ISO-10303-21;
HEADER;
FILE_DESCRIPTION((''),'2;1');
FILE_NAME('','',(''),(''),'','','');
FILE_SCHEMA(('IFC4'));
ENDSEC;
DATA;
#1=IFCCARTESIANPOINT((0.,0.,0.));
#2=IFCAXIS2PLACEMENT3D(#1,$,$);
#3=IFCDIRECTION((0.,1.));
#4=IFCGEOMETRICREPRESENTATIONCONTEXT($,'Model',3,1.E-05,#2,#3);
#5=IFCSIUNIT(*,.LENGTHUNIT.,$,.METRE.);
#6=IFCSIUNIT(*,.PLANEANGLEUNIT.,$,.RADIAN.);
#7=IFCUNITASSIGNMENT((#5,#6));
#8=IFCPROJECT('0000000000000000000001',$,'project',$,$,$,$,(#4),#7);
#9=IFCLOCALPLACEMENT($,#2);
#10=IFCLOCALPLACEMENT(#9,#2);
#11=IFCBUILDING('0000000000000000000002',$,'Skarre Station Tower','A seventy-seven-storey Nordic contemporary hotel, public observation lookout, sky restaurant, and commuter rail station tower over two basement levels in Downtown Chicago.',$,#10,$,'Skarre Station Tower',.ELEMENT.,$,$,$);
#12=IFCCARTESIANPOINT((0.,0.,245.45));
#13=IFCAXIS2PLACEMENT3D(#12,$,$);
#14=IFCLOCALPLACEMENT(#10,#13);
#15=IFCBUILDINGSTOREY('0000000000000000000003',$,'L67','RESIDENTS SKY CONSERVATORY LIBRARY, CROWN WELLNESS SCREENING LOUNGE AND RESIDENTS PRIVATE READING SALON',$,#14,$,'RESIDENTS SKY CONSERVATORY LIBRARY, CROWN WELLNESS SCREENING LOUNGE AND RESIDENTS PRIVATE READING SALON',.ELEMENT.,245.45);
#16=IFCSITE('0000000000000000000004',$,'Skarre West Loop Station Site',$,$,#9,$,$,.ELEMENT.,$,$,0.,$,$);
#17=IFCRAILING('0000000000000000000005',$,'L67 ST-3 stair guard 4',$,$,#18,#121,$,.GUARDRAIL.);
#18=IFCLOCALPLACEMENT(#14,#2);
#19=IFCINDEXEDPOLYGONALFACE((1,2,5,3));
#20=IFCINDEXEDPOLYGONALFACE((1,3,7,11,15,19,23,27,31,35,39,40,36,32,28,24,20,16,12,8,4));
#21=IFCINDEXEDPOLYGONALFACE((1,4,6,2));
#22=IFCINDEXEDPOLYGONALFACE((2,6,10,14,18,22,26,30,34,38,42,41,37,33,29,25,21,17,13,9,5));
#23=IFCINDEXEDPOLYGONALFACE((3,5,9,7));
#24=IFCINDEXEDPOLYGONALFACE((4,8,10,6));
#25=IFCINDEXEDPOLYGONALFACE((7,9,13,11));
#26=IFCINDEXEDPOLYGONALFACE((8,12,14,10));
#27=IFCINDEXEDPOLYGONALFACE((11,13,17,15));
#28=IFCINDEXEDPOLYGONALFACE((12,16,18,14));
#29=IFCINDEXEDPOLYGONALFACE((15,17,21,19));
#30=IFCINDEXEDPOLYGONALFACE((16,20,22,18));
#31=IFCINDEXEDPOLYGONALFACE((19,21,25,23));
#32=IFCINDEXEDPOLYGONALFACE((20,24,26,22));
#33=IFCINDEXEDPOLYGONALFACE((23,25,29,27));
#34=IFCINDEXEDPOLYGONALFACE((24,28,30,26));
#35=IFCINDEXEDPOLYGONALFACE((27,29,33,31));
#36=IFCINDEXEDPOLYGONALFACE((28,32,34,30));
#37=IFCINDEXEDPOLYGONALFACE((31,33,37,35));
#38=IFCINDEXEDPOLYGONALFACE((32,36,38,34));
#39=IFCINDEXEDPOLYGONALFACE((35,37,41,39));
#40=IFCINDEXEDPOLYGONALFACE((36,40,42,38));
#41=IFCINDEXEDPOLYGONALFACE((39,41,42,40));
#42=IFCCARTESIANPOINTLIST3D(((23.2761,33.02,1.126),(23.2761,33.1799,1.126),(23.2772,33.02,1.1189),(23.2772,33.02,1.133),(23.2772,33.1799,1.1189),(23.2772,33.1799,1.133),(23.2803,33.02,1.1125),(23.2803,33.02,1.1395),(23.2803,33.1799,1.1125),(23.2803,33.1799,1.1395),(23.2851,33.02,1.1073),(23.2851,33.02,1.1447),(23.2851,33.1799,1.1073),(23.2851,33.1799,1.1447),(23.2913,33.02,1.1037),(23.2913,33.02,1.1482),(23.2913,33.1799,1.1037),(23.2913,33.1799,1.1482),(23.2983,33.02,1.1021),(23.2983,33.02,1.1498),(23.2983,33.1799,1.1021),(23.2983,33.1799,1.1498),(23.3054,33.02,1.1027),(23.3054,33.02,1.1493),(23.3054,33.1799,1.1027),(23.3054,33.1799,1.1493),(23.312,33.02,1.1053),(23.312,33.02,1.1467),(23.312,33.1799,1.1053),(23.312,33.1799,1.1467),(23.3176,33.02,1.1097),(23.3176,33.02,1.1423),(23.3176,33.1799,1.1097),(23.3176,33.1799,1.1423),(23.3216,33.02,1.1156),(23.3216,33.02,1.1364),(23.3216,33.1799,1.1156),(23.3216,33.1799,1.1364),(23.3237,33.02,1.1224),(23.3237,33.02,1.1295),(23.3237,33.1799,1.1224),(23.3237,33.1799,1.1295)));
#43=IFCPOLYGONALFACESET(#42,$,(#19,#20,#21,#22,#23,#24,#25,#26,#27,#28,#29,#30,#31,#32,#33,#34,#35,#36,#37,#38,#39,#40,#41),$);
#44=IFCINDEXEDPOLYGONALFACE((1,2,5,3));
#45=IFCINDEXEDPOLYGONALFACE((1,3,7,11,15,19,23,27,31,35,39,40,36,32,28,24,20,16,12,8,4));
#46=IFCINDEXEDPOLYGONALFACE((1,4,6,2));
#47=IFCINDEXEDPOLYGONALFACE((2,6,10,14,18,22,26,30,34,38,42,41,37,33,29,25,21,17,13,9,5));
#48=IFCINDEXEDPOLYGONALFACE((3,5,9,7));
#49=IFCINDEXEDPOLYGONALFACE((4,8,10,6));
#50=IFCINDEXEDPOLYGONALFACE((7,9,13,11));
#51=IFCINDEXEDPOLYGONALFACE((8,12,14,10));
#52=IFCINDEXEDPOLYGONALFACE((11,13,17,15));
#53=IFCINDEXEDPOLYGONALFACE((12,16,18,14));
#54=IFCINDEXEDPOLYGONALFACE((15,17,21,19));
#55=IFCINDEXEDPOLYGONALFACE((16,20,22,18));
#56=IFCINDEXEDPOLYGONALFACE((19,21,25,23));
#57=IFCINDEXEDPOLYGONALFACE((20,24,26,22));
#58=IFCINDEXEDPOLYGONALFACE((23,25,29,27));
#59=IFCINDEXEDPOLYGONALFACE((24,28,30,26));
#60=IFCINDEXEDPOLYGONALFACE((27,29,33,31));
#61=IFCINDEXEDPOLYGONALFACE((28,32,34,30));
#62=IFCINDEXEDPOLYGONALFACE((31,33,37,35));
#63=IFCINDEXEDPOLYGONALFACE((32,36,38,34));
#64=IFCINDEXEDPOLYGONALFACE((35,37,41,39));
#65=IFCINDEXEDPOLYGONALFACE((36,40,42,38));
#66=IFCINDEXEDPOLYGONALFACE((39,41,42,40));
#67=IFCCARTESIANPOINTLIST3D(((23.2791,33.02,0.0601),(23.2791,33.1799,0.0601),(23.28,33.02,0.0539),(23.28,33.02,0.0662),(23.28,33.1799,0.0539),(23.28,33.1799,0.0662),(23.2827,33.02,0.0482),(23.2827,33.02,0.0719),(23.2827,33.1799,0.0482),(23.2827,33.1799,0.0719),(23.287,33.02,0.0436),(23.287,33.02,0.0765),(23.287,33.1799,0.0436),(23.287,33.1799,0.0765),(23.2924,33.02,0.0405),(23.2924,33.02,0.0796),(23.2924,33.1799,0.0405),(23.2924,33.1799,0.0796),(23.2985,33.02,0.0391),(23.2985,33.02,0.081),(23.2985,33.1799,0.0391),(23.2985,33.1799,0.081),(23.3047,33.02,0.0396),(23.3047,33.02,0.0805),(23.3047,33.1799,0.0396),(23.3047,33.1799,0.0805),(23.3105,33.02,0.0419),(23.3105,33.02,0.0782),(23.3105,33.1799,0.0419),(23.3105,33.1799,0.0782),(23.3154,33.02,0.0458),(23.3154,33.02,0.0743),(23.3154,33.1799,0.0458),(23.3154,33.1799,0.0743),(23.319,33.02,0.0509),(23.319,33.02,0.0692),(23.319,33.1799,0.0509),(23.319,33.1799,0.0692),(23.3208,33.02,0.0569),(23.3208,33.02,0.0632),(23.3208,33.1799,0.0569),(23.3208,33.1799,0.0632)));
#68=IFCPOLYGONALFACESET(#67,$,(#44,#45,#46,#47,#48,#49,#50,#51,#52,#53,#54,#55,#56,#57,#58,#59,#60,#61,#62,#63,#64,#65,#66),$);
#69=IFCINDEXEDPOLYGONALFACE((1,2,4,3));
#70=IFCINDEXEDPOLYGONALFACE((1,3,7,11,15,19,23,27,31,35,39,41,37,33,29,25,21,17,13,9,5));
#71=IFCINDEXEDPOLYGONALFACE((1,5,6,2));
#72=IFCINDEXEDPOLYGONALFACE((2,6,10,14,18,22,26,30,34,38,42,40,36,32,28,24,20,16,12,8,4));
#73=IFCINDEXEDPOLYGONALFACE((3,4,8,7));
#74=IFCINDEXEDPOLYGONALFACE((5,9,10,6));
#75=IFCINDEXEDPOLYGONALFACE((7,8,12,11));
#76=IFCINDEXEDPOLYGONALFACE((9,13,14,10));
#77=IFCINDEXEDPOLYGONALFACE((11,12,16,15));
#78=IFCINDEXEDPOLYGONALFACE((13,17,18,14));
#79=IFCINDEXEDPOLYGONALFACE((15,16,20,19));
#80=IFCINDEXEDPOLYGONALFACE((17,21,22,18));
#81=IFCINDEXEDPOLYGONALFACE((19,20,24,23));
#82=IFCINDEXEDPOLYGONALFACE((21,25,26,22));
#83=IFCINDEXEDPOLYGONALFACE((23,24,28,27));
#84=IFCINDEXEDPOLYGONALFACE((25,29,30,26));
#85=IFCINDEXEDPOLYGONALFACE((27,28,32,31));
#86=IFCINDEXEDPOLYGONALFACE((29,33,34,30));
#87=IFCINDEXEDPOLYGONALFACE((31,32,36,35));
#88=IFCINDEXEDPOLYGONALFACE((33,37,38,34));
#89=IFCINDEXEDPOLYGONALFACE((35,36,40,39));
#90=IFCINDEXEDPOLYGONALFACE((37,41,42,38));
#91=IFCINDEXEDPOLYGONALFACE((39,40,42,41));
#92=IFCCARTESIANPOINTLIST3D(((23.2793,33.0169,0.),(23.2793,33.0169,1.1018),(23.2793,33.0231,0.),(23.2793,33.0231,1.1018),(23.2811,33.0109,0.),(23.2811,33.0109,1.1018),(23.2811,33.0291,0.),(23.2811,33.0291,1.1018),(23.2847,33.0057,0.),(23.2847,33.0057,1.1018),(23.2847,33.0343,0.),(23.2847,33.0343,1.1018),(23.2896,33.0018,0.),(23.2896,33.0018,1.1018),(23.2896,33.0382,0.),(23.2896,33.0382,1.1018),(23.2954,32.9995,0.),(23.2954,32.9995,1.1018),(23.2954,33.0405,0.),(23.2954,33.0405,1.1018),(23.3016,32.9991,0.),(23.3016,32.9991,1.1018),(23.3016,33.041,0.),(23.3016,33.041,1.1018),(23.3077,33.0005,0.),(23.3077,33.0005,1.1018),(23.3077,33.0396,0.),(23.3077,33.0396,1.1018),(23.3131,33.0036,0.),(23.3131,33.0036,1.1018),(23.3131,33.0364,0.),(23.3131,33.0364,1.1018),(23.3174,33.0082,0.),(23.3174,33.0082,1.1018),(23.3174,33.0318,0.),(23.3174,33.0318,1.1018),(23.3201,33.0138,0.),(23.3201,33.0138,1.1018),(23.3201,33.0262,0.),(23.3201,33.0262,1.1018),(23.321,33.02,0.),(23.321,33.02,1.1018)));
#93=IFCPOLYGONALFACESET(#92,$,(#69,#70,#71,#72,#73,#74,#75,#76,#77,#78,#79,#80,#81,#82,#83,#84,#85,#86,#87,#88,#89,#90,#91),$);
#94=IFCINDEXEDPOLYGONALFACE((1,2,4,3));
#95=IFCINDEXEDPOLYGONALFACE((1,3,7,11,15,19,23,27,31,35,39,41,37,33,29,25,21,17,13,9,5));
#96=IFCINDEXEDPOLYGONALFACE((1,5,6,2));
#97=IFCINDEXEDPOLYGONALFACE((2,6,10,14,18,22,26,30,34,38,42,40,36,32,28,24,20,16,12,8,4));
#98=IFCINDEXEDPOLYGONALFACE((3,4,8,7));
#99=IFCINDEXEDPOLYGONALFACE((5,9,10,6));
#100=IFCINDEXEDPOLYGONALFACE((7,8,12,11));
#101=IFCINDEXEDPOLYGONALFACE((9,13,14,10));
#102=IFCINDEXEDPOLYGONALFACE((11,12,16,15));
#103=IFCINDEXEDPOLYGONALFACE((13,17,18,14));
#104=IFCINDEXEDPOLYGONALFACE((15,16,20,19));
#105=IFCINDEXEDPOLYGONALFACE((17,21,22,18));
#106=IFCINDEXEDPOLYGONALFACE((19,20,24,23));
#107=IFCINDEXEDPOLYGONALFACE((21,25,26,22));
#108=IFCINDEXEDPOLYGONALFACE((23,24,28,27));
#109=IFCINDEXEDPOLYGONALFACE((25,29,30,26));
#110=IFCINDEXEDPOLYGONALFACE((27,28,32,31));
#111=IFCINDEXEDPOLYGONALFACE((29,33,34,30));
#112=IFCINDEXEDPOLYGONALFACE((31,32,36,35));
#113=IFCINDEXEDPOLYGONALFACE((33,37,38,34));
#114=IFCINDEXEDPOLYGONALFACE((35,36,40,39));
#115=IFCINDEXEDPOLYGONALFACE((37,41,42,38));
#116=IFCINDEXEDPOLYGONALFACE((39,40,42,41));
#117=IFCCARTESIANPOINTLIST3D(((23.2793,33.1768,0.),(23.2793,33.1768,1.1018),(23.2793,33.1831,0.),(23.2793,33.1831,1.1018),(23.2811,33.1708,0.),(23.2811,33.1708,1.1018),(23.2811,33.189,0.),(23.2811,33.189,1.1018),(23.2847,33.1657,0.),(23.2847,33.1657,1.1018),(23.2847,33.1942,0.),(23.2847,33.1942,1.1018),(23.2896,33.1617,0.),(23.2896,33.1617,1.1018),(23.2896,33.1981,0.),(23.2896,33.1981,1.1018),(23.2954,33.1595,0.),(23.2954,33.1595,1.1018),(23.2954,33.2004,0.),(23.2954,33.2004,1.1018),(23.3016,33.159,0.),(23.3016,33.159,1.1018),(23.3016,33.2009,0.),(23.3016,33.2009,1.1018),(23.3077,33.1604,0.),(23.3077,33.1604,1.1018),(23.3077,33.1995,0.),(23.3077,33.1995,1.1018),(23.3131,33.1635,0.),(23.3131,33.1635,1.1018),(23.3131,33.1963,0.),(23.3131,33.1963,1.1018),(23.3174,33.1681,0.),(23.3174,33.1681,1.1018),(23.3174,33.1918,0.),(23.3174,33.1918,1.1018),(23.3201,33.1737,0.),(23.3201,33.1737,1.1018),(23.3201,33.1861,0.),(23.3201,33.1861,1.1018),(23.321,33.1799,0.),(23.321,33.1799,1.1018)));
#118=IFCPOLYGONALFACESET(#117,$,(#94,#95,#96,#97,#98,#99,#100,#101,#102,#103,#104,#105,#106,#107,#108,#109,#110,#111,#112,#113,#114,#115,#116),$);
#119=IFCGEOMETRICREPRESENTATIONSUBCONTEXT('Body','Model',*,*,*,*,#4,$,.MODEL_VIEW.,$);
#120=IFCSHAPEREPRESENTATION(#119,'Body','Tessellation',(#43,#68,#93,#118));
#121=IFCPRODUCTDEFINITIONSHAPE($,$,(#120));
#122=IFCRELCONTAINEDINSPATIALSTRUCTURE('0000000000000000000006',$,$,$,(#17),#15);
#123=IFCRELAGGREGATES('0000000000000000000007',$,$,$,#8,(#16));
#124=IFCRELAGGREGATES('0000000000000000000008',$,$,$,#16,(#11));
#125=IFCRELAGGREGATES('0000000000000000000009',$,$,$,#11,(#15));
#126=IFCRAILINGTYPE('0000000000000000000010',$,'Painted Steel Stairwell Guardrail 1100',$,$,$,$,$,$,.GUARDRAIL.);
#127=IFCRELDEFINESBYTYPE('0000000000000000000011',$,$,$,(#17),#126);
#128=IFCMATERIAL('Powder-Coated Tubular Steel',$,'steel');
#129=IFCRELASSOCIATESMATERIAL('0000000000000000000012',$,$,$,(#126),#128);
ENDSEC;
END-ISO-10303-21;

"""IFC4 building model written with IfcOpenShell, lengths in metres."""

from ifc_helpers import new_model, si_unit, direction, frame, origin, origin_2d, place, context, subcontext, project, spatial, circle, extrude, material, type_object, element, save


model = new_model("IFC4")

# Units and contexts
model_context = context("Model", 3, precision=1e-05, world=origin(), true_north=direction((0.0, 1.0)))
body_context = subcontext(model_context, "Body", "Model", "MODEL_VIEW")
ifc_project = project(units=[si_unit("LENGTHUNIT", "METRE"), si_unit("PLANEANGLEUNIT", "RADIAN")], contexts=[model_context])

# Site, building, storey
site_placement = place(None, origin())
site = spatial("IfcSite", under=ifc_project, at=site_placement, Name="Skarre West Loop Station Site", CompositionType="ELEMENT", RefElevation=0.0)
building_placement = place(site_placement, origin())
building = spatial("IfcBuilding", under=site, at=building_placement, Name="Skarre Station Tower", Description="A seventy-seven-storey Nordic contemporary hotel, public observation lookout, sky restaurant, and commuter rail station tower over two basement levels in Downtown Chicago.", LongName="Skarre Station Tower", CompositionType="ELEMENT")
storey_placement = place(building_placement, frame((0.0, 0.0, 245.45)))
storey = spatial("IfcBuildingStorey", under=building, at=storey_placement, Name="L67", Description="RESIDENTS SKY CONSERVATORY LIBRARY, CROWN WELLNESS SCREENING LOUNGE AND RESIDENTS PRIVATE READING SALON", LongName="RESIDENTS SKY CONSERVATORY LIBRARY, CROWN WELLNESS SCREENING LOUNGE AND RESIDENTS PRIVATE READING SALON", CompositionType="ELEMENT", Elevation=245.45)

# Railing
ifc_material_1 = material(Name="Powder-Coated Tubular Steel", Category="steel")
railing_type_1 = type_object("IfcRailingType", Name="Painted Steel Stairwell Guardrail 1100", PredefinedType="GUARDRAIL", material=ifc_material_1)
railing_1_placement = place(storey_placement, frame((23.3, 33.02, 0.0)))
element("IfcRailing", 1, at=railing_1_placement, inside=storey, type_object=railing_type_1, Name="L67 ST-3 stair guard 4", PredefinedType="GUARDRAIL", context=body_context, shape_type="SweptSolid", body=[
    extrude(circle(Radius=0.0239, at=origin_2d()), frame((0.0, 0.0, 1.126), z_axis=(0.0, 1.0, 0.0), x_axis=(-1.0, 0.0, 0.0)), (0.0, 0.0, 1.0), 0.1599),
    extrude(circle(Radius=0.021, at=origin_2d()), frame((0.0, 0.0, 0.0601), z_axis=(0.0, 1.0, 0.0), x_axis=(-1.0, 0.0, 0.0)), (0.0, 0.0, 1.0), 0.1599),
    extrude(circle(Radius=0.021, at=origin_2d()), origin(), (0.0, 0.0, 1.0), 1.1018),
    extrude(circle(Radius=0.021, at=origin_2d()), frame((0.0, 0.1599, 0.0)), (0.0, 0.0, 1.0), 1.1018),
])

save(model, "model.ifc")
